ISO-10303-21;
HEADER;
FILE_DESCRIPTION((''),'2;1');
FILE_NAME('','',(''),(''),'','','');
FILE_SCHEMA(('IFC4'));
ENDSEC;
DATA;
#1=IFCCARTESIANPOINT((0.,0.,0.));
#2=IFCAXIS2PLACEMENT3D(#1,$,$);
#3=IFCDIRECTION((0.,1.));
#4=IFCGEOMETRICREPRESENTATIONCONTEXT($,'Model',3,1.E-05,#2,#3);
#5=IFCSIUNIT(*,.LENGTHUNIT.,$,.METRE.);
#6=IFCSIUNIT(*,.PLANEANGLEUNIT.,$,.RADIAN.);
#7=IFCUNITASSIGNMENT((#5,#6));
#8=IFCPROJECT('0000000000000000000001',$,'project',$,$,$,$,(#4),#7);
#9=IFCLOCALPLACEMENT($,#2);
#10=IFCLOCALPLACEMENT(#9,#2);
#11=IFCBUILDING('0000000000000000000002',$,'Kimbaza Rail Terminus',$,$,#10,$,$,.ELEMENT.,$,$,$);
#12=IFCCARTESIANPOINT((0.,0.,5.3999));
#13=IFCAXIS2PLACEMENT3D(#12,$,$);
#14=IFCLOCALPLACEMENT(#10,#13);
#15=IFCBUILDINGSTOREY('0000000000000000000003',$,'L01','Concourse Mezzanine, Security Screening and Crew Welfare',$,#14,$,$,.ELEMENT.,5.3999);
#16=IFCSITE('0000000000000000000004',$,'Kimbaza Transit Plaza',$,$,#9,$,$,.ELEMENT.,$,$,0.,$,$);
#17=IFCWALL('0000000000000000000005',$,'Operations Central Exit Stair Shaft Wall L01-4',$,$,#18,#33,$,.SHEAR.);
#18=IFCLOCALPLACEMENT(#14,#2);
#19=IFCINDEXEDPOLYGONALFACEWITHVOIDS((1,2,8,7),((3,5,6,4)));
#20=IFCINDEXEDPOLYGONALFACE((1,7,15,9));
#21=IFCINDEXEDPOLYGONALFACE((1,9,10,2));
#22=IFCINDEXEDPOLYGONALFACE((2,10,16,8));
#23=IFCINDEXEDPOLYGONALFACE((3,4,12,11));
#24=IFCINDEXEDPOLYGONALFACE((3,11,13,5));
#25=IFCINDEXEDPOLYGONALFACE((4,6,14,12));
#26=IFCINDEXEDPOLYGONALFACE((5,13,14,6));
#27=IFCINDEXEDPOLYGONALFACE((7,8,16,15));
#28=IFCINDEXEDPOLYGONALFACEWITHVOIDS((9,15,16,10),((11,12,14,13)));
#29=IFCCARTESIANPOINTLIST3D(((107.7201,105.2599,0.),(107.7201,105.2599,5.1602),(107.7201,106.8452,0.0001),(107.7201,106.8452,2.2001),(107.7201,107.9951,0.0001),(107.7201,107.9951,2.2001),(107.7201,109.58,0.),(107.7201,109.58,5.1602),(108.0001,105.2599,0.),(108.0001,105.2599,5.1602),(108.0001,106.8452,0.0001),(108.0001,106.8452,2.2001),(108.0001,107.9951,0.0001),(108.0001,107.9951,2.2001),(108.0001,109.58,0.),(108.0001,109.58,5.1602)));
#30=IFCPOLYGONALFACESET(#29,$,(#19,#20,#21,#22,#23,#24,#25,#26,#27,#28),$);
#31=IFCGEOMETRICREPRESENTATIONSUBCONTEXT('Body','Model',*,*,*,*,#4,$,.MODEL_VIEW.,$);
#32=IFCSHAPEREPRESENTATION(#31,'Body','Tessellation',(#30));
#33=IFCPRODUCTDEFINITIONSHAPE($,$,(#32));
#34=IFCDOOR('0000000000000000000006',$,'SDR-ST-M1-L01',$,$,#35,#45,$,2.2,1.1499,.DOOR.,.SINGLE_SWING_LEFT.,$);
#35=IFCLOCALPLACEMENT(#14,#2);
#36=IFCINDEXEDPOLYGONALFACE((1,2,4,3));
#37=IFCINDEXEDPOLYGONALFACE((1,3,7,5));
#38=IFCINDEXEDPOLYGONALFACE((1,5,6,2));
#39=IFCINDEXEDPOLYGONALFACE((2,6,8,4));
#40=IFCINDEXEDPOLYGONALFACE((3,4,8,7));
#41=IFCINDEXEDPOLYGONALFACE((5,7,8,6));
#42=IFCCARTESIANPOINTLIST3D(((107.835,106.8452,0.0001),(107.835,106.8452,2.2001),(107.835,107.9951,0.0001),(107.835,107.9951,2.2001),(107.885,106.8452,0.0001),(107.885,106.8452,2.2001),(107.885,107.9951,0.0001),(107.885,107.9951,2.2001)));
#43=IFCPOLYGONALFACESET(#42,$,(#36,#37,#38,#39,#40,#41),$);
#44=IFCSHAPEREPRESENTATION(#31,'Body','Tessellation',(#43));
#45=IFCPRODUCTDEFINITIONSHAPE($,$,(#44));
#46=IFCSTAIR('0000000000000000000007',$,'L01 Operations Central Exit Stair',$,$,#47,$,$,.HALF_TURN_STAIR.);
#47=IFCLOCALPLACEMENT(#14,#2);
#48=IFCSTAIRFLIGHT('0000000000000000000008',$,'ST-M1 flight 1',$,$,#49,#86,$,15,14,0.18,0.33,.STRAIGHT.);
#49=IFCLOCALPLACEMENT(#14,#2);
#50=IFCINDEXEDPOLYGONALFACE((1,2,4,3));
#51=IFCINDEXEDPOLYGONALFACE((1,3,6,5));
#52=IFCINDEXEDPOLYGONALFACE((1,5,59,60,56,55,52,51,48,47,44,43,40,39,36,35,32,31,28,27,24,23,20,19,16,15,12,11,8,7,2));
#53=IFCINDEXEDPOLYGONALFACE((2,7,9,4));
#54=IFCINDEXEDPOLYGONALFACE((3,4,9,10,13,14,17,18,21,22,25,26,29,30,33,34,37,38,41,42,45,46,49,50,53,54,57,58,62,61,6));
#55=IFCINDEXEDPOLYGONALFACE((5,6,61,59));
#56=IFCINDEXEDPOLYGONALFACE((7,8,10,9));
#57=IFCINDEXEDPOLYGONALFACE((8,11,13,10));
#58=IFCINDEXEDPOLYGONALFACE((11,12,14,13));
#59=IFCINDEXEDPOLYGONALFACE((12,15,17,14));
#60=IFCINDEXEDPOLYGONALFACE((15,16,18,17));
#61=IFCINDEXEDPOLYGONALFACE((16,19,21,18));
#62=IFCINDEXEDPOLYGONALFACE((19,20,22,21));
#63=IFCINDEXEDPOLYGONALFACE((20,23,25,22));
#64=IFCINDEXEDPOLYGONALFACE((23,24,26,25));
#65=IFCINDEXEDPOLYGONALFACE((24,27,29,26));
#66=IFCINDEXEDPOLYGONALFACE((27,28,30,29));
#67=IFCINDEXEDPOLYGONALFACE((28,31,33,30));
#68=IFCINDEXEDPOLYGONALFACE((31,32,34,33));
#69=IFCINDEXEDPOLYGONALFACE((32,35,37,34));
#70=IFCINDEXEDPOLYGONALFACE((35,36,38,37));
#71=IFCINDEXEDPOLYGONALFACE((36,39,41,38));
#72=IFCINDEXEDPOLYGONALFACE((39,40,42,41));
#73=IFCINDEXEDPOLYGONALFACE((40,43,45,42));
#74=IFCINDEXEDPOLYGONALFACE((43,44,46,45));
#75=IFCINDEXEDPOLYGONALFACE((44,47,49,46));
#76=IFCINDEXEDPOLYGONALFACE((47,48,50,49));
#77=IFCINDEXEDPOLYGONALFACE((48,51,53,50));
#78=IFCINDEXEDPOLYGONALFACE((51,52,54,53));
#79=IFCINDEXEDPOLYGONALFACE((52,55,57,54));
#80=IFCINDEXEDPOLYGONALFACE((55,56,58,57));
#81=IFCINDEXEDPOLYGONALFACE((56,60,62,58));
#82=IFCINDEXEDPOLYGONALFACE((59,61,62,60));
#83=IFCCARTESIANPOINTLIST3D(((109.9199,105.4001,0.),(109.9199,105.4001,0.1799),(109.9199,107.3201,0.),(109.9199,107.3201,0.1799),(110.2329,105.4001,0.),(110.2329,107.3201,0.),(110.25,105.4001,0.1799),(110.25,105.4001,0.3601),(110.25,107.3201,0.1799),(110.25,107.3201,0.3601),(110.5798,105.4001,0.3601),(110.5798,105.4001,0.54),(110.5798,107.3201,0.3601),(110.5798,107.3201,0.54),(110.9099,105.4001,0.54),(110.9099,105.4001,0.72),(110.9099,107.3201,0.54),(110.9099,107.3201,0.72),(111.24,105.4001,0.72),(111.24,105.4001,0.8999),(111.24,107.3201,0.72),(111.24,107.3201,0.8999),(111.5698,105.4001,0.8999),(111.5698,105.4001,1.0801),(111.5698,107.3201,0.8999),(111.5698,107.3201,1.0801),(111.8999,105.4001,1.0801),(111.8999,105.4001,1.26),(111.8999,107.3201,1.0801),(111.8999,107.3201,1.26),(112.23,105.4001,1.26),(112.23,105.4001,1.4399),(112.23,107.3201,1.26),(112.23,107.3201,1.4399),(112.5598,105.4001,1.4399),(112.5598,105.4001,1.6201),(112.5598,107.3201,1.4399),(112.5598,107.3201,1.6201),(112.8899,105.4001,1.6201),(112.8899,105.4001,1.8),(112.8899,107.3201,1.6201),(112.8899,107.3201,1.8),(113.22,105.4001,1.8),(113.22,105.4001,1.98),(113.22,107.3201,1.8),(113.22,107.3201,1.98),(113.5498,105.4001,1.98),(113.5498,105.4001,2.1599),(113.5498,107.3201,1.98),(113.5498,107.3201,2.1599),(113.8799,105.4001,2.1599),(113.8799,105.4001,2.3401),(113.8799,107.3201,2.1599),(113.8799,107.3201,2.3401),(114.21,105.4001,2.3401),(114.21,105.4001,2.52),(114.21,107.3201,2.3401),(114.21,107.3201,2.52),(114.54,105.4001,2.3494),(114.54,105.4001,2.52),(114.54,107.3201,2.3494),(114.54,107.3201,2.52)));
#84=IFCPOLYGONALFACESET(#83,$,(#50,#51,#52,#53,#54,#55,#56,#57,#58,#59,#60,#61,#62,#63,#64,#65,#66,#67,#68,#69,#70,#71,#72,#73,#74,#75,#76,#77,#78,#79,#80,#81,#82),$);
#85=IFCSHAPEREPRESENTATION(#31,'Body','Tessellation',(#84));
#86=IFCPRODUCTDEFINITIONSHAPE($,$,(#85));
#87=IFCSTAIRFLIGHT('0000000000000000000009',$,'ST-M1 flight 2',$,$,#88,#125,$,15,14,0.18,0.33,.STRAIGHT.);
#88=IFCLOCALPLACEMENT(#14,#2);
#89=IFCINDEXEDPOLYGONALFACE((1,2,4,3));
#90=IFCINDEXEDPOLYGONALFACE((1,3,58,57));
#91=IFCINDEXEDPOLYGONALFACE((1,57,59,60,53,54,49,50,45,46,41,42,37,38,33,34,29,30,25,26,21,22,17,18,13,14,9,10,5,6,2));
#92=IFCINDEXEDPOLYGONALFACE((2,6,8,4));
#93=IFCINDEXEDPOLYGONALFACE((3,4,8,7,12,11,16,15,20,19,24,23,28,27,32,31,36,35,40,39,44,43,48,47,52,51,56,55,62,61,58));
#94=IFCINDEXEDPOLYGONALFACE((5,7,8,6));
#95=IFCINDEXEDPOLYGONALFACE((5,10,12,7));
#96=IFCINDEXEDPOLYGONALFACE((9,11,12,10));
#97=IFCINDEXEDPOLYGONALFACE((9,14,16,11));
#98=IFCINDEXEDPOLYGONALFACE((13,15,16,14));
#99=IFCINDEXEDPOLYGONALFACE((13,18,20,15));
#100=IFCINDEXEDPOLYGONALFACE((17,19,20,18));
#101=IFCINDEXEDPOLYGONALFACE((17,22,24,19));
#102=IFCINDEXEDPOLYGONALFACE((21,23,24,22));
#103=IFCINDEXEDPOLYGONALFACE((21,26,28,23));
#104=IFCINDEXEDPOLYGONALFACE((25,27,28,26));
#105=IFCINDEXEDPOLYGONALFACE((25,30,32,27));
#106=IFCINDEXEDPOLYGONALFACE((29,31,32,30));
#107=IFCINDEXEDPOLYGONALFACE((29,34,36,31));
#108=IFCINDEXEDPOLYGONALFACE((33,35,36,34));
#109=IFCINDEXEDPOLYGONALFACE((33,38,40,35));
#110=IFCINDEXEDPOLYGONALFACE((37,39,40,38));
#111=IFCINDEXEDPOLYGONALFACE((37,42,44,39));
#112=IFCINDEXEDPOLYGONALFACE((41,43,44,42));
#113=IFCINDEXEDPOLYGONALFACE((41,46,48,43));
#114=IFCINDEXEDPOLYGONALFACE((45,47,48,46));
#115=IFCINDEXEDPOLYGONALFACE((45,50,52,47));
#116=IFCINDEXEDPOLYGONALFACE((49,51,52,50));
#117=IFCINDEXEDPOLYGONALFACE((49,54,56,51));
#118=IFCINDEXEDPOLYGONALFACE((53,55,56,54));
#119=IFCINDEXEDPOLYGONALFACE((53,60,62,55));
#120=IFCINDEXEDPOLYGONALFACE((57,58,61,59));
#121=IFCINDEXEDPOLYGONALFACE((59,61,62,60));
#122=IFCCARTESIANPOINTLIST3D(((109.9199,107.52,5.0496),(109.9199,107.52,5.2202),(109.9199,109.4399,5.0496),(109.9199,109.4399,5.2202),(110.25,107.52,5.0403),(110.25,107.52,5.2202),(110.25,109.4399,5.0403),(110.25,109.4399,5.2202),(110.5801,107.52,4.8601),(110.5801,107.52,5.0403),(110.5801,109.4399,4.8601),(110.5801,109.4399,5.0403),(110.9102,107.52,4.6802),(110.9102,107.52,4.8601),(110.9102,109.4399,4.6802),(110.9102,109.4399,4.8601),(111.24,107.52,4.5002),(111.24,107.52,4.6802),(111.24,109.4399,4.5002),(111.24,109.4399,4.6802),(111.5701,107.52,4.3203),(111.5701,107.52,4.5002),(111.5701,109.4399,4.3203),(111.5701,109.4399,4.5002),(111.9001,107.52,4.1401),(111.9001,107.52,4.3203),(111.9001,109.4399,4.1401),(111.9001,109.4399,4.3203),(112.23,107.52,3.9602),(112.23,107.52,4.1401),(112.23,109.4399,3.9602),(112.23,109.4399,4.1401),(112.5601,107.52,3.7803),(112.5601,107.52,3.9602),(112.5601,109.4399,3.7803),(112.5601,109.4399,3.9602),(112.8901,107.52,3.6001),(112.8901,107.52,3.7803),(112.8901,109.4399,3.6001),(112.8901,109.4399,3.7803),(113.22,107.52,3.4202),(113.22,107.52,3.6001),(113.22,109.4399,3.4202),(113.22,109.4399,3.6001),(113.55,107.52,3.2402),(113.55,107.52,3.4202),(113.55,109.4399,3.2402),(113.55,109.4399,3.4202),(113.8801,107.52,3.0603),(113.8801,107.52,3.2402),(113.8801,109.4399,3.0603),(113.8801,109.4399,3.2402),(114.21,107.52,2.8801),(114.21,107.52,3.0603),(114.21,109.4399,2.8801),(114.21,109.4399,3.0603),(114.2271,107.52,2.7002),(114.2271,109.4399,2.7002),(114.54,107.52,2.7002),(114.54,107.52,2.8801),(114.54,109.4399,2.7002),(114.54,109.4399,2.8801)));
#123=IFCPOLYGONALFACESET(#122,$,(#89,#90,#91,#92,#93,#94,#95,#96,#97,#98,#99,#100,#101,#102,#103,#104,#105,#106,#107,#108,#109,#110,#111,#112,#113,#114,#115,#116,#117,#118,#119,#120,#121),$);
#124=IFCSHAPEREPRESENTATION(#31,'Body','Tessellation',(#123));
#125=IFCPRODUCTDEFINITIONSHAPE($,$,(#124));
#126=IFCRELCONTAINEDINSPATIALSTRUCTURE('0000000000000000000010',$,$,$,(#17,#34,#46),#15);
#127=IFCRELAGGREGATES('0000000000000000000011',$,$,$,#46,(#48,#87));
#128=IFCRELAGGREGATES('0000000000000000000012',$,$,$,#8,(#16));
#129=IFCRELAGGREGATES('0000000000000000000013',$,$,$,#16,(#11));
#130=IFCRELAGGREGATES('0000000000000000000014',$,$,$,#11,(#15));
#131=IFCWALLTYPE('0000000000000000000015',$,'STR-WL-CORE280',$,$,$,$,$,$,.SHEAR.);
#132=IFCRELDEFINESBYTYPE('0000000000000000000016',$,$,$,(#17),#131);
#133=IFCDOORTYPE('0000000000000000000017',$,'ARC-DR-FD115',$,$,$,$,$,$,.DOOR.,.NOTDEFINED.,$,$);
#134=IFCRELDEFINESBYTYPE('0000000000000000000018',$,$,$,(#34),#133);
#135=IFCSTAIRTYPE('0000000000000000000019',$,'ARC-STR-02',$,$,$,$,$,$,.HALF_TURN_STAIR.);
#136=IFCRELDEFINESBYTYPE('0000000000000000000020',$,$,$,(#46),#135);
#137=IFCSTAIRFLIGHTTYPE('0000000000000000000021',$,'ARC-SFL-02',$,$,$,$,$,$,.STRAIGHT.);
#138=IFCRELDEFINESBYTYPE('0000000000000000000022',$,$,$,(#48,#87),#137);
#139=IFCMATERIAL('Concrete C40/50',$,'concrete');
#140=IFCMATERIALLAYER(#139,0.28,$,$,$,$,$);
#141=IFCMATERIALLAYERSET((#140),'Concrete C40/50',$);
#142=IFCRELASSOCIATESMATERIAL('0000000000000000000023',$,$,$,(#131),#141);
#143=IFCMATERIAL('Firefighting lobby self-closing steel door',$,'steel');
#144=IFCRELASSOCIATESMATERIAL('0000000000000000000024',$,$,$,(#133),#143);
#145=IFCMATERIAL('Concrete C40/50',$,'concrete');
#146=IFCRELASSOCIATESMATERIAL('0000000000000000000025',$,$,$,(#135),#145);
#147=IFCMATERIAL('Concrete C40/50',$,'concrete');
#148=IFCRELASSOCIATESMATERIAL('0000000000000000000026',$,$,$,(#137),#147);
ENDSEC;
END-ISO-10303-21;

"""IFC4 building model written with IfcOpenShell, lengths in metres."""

from ifc_helpers import new_model, si_unit, direction, frame, frame_2d, origin, place, context, subcontext, project, spatial, polyline, rectangle, outline, extrude, material, layer, layer_set, type_object, element, fill, aggregate, save


model = new_model("IFC4")

# Units and contexts
model_context = context("Model", 3, precision=1e-05, world=origin(), true_north=direction((0.0, 1.0)))
body_context = subcontext(model_context, "Body", "Model", "MODEL_VIEW")
ifc_project = project(units=[si_unit("LENGTHUNIT", "METRE"), si_unit("PLANEANGLEUNIT", "RADIAN")], contexts=[model_context])

# Site, building, storey
site_placement = place(None, origin())
site = spatial("IfcSite", under=ifc_project, at=site_placement, Name="Kimbaza Transit Plaza", CompositionType="ELEMENT", RefElevation=0.0)
building_placement = place(site_placement, origin())
building = spatial("IfcBuilding", under=site, at=building_placement, Name="Kimbaza Rail Terminus", CompositionType="ELEMENT")
storey_placement = place(building_placement, frame((0.0, 0.0, 5.3999)))
storey = spatial("IfcBuildingStorey", under=building, at=storey_placement, Name="L01", Description="Concourse Mezzanine, Security Screening and Crew Welfare", CompositionType="ELEMENT", Elevation=5.3999)

# Shared definitions
ifc_material_1 = material(Name="Concrete C40/50", Category="concrete")
ifc_layer_1 = layer(ifc_material_1, 0.28)
ifc_layer_set_1 = layer_set([ifc_layer_1], Name="Concrete C40/50")
wall_type_1 = type_object("IfcWallType", Name="STR-WL-CORE280", PredefinedType="SHEAR", material=ifc_layer_set_1)

# Wall, opening, door
wall_1_placement = place(storey_placement, frame((107.8601, 109.5801, 0.0), z_axis=(0.0, 0.0, 1.0), x_axis=(0.0, -1.0, 0.0)))
wall_1 = element("IfcWall", 1, at=wall_1_placement, inside=storey, type_object=wall_type_1, Name="Operations Central Exit Stair Shaft Wall L01-4", PredefinedType="SHEAR", context=body_context, shape_type="SweptSolid", body=[
    extrude(rectangle(XDim=4.3201, YDim=0.28, at=frame_2d((2.1602, 0.0))), origin(), (0.0, 0.0, 1.0), 5.1602),
])
opening_placement = place(wall_1_placement, frame((1.585, 0.0, 0.0)))
opening = element("IfcOpeningElement", 2, at=opening_placement, cuts=wall_1, PredefinedType="OPENING", context=body_context, shape_type="SweptSolid", body=[
    extrude(rectangle(XDim=1.1499, YDim=2.2, at=frame_2d((0.575, 1.1001))), frame((0.0, 0.1499, 0.0), z_axis=(0.0, -1.0, 0.0), x_axis=(1.0, 0.0, 0.0)), (0.0, 0.0, 1.0), 0.3),
])
ifc_material_2 = material(Name="Firefighting lobby self-closing steel door", Category="steel")
door_type = type_object("IfcDoorType", Name="ARC-DR-FD115", OperationType="NOTDEFINED", PredefinedType="DOOR", material=ifc_material_2)
door_placement = place(opening_placement, origin())
door = element("IfcDoor", 3, at=door_placement, inside=storey, type_object=door_type, Name="SDR-ST-M1-L01", OperationType="SINGLE_SWING_LEFT", OverallHeight=2.2, OverallWidth=1.1499, PredefinedType="DOOR", context=body_context, shape_type="SweptSolid", body=[
    extrude(rectangle(XDim=1.1499, YDim=2.2, at=frame_2d((0.575, 1.1001))), frame((0.0, 0.0249, 0.0), z_axis=(0.0, -1.0, 0.0), x_axis=(1.0, 0.0, 0.0)), (0.0, 0.0, 1.0), 0.05),
])
fill(opening, door)

# Stair, stair flights
ifc_material_3 = material(Name="Concrete C40/50", Category="concrete")
stair_type = type_object("IfcStairType", Name="ARC-STR-02", PredefinedType="HALF_TURN_STAIR", material=ifc_material_3)
stair_placement = place(storey_placement, origin())
stair = element("IfcStair", 4, at=stair_placement, inside=storey, type_object=stair_type, Name="L01 Operations Central Exit Stair", PredefinedType="HALF_TURN_STAIR")
ifc_material_4 = material(Name="Concrete C40/50", Category="concrete")
stair_flight_type = type_object("IfcStairFlightType", Name="ARC-SFL-02", PredefinedType="STRAIGHT", material=ifc_material_4)
stair_flight_1_placement = place(storey_placement, frame((109.9199, 106.3601, 0.0), z_axis=(0.0, 0.0, 1.0), x_axis=(1.0, 0.0, 0.0)))
stair_flight_1 = element("IfcStairFlight", 5, at=stair_flight_1_placement, type_object=stair_flight_type, Name="ST-M1 flight 1", NumberOfRisers=15, NumberOfTreads=14, PredefinedType="STRAIGHT", RiserHeight=0.18, TreadLength=0.33, context=body_context, shape_type="SweptSolid", body=[
    extrude(outline(polyline([(0.0, 0.0), (0.0, 0.1799), (0.3301, 0.1799), (0.3301, 0.3601), (0.6599, 0.3601), (0.6599, 0.54), (0.99, 0.54), (0.99, 0.72), (1.3201, 0.72), (1.3201, 0.8999), (1.6499, 0.8999), (1.6499, 1.0801), (1.98, 1.0801), (1.98, 1.26), (2.3101, 1.26), (2.3101, 1.4399), (2.6399, 1.4399), (2.6399, 1.6201), (2.97, 1.6201), (2.97, 1.8), (3.3, 1.8), (3.3, 1.98), (3.6299, 1.98), (3.6299, 2.1599), (3.96, 2.1599), (3.96, 2.3401), (4.29, 2.3401), (4.29, 2.52), (4.6201, 2.52), (4.6201, 2.7), (4.6201, 2.3494), (0.313, 0.0), (0.0, 0.0)])), frame((0.0, 0.96, 0.0), z_axis=(0.0, -1.0, 0.0), x_axis=(1.0, 0.0, 0.0)), (0.0, 0.0, 1.0), 1.9199),
])
stair_flight_2_placement = place(storey_placement, frame((114.54, 108.48, 2.7002), z_axis=(0.0, 0.0, 1.0), x_axis=(-1.0, 0.0, 0.0)))
stair_flight_2 = element("IfcStairFlight", 6, at=stair_flight_2_placement, type_object=stair_flight_type, Name="ST-M1 flight 2", NumberOfRisers=15, NumberOfTreads=14, PredefinedType="STRAIGHT", RiserHeight=0.18, TreadLength=0.33, context=body_context, shape_type="SweptSolid", body=[
    extrude(outline(polyline([(0.0, 0.0), (0.0, 0.1799), (0.3301, 0.1799), (0.3301, 0.3601), (0.6599, 0.3601), (0.6599, 0.54), (0.99, 0.54), (0.99, 0.72), (1.3201, 0.72), (1.3201, 0.8999), (1.6499, 0.8999), (1.6499, 1.0801), (1.98, 1.0801), (1.98, 1.26), (2.3101, 1.26), (2.3101, 1.4399), (2.6399, 1.4399), (2.6399, 1.6201), (2.97, 1.6201), (2.97, 1.8), (3.3, 1.8), (3.3, 1.98), (3.6299, 1.98), (3.6299, 2.1599), (3.96, 2.1599), (3.96, 2.3401), (4.29, 2.3401), (4.29, 2.52), (4.6201, 2.52), (4.6201, 2.7), (4.6201, 2.3494), (0.313, 0.0), (0.0, 0.0)])), frame((0.0, 0.96, 0.0), z_axis=(0.0, -1.0, 0.0), x_axis=(1.0, 0.0, 0.0)), (0.0, 0.0, 1.0), 1.9199),
])
aggregate(stair, [stair_flight_1, stair_flight_2])

save(model, "model.ifc")
